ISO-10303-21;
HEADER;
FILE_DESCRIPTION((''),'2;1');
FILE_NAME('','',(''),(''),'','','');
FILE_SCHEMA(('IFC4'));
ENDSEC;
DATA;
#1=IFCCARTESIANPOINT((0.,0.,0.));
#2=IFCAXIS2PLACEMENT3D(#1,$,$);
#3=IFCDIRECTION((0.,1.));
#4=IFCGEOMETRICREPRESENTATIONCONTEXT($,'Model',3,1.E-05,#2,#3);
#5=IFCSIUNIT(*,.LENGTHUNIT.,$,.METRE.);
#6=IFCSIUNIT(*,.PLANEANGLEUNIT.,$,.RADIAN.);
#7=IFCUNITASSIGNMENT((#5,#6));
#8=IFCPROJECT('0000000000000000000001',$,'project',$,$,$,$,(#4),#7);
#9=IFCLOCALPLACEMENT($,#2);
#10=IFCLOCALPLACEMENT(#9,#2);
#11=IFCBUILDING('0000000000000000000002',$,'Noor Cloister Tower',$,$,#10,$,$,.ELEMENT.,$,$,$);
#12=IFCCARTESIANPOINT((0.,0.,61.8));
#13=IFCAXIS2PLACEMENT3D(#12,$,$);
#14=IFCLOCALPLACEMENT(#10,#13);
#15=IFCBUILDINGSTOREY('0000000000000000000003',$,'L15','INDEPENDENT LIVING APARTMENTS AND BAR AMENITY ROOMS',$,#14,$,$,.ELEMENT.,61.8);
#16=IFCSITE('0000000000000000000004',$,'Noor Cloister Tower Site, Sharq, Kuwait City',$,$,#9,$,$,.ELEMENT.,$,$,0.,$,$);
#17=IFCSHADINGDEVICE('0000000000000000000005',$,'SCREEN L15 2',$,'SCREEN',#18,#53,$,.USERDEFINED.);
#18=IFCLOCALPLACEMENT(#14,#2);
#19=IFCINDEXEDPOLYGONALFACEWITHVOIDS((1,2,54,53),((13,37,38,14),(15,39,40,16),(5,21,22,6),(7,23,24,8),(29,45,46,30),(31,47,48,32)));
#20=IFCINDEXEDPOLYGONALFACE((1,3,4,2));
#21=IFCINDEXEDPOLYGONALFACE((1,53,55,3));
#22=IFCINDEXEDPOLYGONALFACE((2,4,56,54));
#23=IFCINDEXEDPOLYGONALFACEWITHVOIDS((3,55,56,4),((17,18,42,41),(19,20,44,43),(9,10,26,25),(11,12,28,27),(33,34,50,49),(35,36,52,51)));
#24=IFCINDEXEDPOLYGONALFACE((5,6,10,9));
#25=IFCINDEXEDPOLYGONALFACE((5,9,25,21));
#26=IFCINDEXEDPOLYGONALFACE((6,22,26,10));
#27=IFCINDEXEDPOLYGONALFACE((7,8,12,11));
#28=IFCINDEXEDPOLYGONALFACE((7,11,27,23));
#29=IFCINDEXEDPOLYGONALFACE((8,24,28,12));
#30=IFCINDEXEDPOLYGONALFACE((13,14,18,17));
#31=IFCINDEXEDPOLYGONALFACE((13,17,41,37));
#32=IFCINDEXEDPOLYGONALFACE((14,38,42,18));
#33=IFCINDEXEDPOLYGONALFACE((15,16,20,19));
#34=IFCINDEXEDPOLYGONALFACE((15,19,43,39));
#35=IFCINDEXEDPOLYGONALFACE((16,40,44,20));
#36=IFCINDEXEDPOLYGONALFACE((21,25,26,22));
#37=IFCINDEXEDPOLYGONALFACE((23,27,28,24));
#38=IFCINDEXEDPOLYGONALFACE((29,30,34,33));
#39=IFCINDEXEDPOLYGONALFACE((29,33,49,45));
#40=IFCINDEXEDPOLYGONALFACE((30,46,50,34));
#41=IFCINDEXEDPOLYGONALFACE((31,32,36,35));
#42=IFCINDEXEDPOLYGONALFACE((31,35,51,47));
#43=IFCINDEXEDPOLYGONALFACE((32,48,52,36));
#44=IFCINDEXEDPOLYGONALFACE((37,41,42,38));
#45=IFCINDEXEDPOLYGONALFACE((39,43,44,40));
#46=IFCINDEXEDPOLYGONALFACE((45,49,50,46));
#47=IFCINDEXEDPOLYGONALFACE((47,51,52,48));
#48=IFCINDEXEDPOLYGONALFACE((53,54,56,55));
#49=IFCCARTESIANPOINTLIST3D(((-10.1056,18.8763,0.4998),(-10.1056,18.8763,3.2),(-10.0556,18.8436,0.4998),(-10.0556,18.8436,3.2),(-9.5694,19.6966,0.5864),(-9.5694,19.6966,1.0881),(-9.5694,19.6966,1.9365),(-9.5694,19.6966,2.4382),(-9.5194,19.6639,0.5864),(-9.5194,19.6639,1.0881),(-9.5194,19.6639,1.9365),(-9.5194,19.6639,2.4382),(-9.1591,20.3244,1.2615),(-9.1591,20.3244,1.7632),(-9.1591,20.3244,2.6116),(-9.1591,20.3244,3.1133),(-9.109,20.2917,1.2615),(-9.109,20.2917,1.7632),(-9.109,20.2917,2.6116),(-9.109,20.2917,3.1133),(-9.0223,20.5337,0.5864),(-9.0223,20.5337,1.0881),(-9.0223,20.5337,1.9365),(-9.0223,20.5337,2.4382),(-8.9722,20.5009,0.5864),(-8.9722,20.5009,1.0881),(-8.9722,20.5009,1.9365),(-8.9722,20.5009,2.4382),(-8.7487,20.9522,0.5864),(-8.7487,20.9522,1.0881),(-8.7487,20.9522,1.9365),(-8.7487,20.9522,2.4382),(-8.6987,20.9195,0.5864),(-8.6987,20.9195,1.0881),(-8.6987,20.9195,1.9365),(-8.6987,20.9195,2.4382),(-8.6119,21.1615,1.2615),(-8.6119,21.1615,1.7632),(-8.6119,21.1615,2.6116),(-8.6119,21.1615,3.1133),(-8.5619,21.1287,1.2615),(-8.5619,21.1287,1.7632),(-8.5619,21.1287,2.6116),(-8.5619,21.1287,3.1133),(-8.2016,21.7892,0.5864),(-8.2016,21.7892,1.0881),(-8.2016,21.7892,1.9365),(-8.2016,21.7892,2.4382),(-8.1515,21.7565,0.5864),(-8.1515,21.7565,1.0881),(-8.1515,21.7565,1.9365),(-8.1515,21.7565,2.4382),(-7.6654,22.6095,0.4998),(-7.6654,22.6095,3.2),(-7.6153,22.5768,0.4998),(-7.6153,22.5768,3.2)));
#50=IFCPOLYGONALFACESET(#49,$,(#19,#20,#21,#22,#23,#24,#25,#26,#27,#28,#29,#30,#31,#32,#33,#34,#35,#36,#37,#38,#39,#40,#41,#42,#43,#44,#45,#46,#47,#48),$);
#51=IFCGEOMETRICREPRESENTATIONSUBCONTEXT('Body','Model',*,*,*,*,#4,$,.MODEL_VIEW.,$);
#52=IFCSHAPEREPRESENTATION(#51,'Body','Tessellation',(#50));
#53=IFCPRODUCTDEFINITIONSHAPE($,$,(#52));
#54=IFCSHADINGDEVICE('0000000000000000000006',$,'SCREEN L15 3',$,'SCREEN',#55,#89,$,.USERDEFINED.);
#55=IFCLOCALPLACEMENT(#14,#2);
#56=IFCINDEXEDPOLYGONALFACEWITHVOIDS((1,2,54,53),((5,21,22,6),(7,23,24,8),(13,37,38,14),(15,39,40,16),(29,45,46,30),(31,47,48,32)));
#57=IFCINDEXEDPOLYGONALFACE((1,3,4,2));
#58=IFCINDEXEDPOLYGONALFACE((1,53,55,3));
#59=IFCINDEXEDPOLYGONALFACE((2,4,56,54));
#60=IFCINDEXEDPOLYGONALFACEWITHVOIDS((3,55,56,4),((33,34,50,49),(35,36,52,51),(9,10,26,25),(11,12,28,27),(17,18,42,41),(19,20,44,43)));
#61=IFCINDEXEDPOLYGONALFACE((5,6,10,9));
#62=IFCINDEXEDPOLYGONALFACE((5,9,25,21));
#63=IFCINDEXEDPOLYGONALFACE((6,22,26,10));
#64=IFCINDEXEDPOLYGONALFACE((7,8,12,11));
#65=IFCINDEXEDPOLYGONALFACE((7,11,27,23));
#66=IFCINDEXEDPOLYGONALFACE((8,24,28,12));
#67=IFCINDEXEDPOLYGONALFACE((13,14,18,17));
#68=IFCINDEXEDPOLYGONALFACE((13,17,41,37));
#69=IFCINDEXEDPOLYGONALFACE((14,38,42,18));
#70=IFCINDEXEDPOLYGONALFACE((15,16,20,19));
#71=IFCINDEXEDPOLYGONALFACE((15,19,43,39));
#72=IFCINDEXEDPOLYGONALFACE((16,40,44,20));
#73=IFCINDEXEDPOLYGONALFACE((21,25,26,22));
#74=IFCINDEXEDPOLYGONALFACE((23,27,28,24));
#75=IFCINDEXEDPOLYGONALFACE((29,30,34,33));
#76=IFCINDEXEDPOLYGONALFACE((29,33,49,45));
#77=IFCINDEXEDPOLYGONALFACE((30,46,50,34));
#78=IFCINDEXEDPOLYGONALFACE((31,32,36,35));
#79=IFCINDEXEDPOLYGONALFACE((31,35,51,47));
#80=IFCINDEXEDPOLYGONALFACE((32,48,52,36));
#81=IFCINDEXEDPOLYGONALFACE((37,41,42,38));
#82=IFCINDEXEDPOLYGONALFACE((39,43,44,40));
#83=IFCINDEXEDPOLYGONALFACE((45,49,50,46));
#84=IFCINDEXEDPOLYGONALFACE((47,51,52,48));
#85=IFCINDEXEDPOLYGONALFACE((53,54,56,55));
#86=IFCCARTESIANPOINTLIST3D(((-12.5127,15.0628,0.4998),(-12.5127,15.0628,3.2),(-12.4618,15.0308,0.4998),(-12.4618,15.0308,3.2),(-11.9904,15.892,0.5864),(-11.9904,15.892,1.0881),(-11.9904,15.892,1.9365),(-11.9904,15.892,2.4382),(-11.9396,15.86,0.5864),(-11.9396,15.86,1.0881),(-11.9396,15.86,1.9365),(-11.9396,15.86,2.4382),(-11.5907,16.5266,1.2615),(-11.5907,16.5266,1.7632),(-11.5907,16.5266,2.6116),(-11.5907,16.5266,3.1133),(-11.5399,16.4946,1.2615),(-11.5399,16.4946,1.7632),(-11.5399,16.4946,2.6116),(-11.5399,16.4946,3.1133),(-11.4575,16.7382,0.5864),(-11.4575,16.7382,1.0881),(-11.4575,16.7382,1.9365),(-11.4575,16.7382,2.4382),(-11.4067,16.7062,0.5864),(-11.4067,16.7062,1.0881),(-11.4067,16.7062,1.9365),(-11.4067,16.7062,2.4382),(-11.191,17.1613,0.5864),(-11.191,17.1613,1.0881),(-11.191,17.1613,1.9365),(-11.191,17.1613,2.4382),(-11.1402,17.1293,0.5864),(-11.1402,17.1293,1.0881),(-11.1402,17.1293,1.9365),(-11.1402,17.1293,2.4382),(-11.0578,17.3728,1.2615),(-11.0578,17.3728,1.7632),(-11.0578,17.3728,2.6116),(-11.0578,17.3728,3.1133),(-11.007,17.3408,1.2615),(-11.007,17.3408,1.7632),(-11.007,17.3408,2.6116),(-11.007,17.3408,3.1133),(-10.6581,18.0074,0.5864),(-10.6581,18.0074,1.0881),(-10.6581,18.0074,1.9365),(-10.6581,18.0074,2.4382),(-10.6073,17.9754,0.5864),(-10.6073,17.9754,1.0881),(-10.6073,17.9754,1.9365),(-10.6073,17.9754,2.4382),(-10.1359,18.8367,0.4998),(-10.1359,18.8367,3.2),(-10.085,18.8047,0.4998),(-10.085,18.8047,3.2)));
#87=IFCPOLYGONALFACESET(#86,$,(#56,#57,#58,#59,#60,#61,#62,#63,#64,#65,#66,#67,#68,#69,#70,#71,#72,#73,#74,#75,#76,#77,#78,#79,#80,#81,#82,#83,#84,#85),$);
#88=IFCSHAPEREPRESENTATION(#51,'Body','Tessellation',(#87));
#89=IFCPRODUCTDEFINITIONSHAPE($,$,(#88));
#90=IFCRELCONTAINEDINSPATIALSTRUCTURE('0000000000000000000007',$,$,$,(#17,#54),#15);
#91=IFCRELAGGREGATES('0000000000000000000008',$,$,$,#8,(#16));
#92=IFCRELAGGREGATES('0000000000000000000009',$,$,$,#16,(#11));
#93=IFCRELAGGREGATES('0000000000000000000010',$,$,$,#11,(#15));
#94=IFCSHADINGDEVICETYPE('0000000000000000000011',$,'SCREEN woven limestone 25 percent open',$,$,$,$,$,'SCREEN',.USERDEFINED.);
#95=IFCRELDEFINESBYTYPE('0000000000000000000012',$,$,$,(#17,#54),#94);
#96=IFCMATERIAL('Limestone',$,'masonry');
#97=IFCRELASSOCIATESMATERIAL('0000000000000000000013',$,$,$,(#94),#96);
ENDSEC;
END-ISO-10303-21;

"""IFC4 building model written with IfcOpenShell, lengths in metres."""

from ifc_helpers import new_model, si_unit, direction, frame, origin, place, context, subcontext, project, spatial, polyline, outline, extrude, material, material_profile, profile_set, type_object, element, save


model = new_model("IFC4")

# Units and contexts
model_context = context("Model", 3, precision=1e-05, world=origin(), true_north=direction((0.0, 1.0)))
body_context = subcontext(model_context, "Body", "Model", "MODEL_VIEW")
ifc_project = project(units=[si_unit("LENGTHUNIT", "METRE"), si_unit("PLANEANGLEUNIT", "RADIAN")], contexts=[model_context])

# Site, building, storey
site_placement = place(None, origin())
site = spatial("IfcSite", under=ifc_project, at=site_placement, Name="Noor Cloister Tower Site, Sharq, Kuwait City", CompositionType="ELEMENT", RefElevation=0.0)
building_placement = place(site_placement, origin())
building = spatial("IfcBuilding", under=site, at=building_placement, Name="Noor Cloister Tower", CompositionType="ELEMENT")
storey_placement = place(building_placement, frame((0.0, 0.0, 61.8)))
storey = spatial("IfcBuildingStorey", under=building, at=storey_placement, Name="L15", Description="INDEPENDENT LIVING APARTMENTS AND BAR AMENITY ROOMS", CompositionType="ELEMENT", Elevation=61.8)

# Shading devices
ifc_material_1 = material(Name="Limestone", Category="masonry")
ifc_material_profile_1 = material_profile(ifc_material_1, outline(polyline([(-2.23, -1.3501), (2.23, -1.3501), (2.23, 1.3501), (-2.23, 1.3501), (-2.23, -1.3501)]), holes=[polyline([(-1.25, -1.2634), (-0.25, -1.2634), (-0.25, -0.7617), (-1.25, -0.7617), (-1.25, -1.2634)]), polyline([(0.25, -1.2634), (1.25, -1.2634), (1.25, -0.7617), (0.25, -0.7617), (0.25, -1.2634)]), polyline([(-0.5, -0.5884), (0.5, -0.5884), (0.5, -0.0867), (-0.5, -0.0867), (-0.5, -0.5884)]), polyline([(-1.25, 0.0867), (-0.25, 0.0867), (-0.25, 0.5884), (-1.25, 0.5884), (-1.25, 0.0867)]), polyline([(0.25, 0.0867), (1.25, 0.0867), (1.25, 0.5884), (0.25, 0.5884), (0.25, 0.0867)]), polyline([(-0.5, 0.7617), (0.5, 0.7617), (0.5, 1.2634), (-0.5, 1.2634), (-0.5, 0.7617)])]), Name="Woven screen 25 percent open")
ifc_profile_set_1 = profile_set([ifc_material_profile_1], Name="Limestone")
shading_device_type = type_object("IfcShadingDeviceType", Name="SCREEN woven limestone 25 percent open", ElementType="SCREEN", PredefinedType="USERDEFINED", material=ifc_profile_set_1)
shading_device_1_placement = place(storey_placement, frame((-8.8354, 20.7102, 1.8499), z_axis=(-0.837042, 0.547139, 0.0), x_axis=(-0.547139, -0.837042, 0.0)))
element("IfcShadingDevice", 1, at=shading_device_1_placement, inside=storey, type_object=shading_device_type, Name="SCREEN L15 2", ObjectType="SCREEN", PredefinedType="USERDEFINED", context=body_context, shape_type="SweptSolid", body=[
    extrude(outline(polyline([(-2.23, -1.3501), (2.23, -1.3501), (2.23, 1.3501), (-2.23, 1.3501), (-2.23, -1.3501)]), holes=[polyline([(-1.25, -1.2634), (-0.25, -1.2634), (-0.25, -0.7617), (-1.25, -0.7617), (-1.25, -1.2634)]), polyline([(0.25, -1.2634), (1.25, -1.2634), (1.25, -0.7617), (0.25, -0.7617), (0.25, -1.2634)]), polyline([(-0.5, -0.5884), (0.5, -0.5884), (0.5, -0.0867), (-0.5, -0.0867), (-0.5, -0.5884)]), polyline([(-1.25, 0.0867), (-0.25, 0.0867), (-0.25, 0.5884), (-1.25, 0.5884), (-1.25, 0.0867)]), polyline([(0.25, 0.0867), (1.25, 0.0867), (1.25, 0.5884), (0.25, 0.5884), (0.25, 0.0867)]), polyline([(-0.5, 0.7617), (0.5, 0.7617), (0.5, 1.2634), (-0.5, 1.2634), (-0.5, 0.7617)])]), origin(), (0.0, 0.0, 1.0), 0.0598),
])
shading_device_2_placement = place(storey_placement, frame((-11.2734, 16.9177, 1.8499), z_axis=(-0.846165, 0.532921, 0.0), x_axis=(-0.532921, -0.846165, 0.0)))
element("IfcShadingDevice", 2, at=shading_device_2_placement, inside=storey, type_object=shading_device_type, Name="SCREEN L15 3", ObjectType="SCREEN", PredefinedType="USERDEFINED", context=body_context, shape_type="SweptSolid", body=[
    extrude(outline(polyline([(-2.23, -1.3501), (2.23, -1.3501), (2.23, 1.3501), (-2.23, 1.3501), (-2.23, -1.3501)]), holes=[polyline([(-1.25, -1.2634), (-0.25, -1.2634), (-0.25, -0.7617), (-1.25, -0.7617), (-1.25, -1.2634)]), polyline([(0.25, -1.2634), (1.25, -1.2634), (1.25, -0.7617), (0.25, -0.7617), (0.25, -1.2634)]), polyline([(-0.5, -0.5884), (0.5, -0.5884), (0.5, -0.0867), (-0.5, -0.0867), (-0.5, -0.5884)]), polyline([(-1.25, 0.0867), (-0.25, 0.0867), (-0.25, 0.5884), (-1.25, 0.5884), (-1.25, 0.0867)]), polyline([(0.25, 0.0867), (1.25, 0.0867), (1.25, 0.5884), (0.25, 0.5884), (0.25, 0.0867)]), polyline([(-0.5, 0.7617), (0.5, 0.7617), (0.5, 1.2634), (-0.5, 1.2634), (-0.5, 0.7617)])]), origin(), (0.0, 0.0, 1.0), 0.0601),
])

save(model, "model.ifc")
